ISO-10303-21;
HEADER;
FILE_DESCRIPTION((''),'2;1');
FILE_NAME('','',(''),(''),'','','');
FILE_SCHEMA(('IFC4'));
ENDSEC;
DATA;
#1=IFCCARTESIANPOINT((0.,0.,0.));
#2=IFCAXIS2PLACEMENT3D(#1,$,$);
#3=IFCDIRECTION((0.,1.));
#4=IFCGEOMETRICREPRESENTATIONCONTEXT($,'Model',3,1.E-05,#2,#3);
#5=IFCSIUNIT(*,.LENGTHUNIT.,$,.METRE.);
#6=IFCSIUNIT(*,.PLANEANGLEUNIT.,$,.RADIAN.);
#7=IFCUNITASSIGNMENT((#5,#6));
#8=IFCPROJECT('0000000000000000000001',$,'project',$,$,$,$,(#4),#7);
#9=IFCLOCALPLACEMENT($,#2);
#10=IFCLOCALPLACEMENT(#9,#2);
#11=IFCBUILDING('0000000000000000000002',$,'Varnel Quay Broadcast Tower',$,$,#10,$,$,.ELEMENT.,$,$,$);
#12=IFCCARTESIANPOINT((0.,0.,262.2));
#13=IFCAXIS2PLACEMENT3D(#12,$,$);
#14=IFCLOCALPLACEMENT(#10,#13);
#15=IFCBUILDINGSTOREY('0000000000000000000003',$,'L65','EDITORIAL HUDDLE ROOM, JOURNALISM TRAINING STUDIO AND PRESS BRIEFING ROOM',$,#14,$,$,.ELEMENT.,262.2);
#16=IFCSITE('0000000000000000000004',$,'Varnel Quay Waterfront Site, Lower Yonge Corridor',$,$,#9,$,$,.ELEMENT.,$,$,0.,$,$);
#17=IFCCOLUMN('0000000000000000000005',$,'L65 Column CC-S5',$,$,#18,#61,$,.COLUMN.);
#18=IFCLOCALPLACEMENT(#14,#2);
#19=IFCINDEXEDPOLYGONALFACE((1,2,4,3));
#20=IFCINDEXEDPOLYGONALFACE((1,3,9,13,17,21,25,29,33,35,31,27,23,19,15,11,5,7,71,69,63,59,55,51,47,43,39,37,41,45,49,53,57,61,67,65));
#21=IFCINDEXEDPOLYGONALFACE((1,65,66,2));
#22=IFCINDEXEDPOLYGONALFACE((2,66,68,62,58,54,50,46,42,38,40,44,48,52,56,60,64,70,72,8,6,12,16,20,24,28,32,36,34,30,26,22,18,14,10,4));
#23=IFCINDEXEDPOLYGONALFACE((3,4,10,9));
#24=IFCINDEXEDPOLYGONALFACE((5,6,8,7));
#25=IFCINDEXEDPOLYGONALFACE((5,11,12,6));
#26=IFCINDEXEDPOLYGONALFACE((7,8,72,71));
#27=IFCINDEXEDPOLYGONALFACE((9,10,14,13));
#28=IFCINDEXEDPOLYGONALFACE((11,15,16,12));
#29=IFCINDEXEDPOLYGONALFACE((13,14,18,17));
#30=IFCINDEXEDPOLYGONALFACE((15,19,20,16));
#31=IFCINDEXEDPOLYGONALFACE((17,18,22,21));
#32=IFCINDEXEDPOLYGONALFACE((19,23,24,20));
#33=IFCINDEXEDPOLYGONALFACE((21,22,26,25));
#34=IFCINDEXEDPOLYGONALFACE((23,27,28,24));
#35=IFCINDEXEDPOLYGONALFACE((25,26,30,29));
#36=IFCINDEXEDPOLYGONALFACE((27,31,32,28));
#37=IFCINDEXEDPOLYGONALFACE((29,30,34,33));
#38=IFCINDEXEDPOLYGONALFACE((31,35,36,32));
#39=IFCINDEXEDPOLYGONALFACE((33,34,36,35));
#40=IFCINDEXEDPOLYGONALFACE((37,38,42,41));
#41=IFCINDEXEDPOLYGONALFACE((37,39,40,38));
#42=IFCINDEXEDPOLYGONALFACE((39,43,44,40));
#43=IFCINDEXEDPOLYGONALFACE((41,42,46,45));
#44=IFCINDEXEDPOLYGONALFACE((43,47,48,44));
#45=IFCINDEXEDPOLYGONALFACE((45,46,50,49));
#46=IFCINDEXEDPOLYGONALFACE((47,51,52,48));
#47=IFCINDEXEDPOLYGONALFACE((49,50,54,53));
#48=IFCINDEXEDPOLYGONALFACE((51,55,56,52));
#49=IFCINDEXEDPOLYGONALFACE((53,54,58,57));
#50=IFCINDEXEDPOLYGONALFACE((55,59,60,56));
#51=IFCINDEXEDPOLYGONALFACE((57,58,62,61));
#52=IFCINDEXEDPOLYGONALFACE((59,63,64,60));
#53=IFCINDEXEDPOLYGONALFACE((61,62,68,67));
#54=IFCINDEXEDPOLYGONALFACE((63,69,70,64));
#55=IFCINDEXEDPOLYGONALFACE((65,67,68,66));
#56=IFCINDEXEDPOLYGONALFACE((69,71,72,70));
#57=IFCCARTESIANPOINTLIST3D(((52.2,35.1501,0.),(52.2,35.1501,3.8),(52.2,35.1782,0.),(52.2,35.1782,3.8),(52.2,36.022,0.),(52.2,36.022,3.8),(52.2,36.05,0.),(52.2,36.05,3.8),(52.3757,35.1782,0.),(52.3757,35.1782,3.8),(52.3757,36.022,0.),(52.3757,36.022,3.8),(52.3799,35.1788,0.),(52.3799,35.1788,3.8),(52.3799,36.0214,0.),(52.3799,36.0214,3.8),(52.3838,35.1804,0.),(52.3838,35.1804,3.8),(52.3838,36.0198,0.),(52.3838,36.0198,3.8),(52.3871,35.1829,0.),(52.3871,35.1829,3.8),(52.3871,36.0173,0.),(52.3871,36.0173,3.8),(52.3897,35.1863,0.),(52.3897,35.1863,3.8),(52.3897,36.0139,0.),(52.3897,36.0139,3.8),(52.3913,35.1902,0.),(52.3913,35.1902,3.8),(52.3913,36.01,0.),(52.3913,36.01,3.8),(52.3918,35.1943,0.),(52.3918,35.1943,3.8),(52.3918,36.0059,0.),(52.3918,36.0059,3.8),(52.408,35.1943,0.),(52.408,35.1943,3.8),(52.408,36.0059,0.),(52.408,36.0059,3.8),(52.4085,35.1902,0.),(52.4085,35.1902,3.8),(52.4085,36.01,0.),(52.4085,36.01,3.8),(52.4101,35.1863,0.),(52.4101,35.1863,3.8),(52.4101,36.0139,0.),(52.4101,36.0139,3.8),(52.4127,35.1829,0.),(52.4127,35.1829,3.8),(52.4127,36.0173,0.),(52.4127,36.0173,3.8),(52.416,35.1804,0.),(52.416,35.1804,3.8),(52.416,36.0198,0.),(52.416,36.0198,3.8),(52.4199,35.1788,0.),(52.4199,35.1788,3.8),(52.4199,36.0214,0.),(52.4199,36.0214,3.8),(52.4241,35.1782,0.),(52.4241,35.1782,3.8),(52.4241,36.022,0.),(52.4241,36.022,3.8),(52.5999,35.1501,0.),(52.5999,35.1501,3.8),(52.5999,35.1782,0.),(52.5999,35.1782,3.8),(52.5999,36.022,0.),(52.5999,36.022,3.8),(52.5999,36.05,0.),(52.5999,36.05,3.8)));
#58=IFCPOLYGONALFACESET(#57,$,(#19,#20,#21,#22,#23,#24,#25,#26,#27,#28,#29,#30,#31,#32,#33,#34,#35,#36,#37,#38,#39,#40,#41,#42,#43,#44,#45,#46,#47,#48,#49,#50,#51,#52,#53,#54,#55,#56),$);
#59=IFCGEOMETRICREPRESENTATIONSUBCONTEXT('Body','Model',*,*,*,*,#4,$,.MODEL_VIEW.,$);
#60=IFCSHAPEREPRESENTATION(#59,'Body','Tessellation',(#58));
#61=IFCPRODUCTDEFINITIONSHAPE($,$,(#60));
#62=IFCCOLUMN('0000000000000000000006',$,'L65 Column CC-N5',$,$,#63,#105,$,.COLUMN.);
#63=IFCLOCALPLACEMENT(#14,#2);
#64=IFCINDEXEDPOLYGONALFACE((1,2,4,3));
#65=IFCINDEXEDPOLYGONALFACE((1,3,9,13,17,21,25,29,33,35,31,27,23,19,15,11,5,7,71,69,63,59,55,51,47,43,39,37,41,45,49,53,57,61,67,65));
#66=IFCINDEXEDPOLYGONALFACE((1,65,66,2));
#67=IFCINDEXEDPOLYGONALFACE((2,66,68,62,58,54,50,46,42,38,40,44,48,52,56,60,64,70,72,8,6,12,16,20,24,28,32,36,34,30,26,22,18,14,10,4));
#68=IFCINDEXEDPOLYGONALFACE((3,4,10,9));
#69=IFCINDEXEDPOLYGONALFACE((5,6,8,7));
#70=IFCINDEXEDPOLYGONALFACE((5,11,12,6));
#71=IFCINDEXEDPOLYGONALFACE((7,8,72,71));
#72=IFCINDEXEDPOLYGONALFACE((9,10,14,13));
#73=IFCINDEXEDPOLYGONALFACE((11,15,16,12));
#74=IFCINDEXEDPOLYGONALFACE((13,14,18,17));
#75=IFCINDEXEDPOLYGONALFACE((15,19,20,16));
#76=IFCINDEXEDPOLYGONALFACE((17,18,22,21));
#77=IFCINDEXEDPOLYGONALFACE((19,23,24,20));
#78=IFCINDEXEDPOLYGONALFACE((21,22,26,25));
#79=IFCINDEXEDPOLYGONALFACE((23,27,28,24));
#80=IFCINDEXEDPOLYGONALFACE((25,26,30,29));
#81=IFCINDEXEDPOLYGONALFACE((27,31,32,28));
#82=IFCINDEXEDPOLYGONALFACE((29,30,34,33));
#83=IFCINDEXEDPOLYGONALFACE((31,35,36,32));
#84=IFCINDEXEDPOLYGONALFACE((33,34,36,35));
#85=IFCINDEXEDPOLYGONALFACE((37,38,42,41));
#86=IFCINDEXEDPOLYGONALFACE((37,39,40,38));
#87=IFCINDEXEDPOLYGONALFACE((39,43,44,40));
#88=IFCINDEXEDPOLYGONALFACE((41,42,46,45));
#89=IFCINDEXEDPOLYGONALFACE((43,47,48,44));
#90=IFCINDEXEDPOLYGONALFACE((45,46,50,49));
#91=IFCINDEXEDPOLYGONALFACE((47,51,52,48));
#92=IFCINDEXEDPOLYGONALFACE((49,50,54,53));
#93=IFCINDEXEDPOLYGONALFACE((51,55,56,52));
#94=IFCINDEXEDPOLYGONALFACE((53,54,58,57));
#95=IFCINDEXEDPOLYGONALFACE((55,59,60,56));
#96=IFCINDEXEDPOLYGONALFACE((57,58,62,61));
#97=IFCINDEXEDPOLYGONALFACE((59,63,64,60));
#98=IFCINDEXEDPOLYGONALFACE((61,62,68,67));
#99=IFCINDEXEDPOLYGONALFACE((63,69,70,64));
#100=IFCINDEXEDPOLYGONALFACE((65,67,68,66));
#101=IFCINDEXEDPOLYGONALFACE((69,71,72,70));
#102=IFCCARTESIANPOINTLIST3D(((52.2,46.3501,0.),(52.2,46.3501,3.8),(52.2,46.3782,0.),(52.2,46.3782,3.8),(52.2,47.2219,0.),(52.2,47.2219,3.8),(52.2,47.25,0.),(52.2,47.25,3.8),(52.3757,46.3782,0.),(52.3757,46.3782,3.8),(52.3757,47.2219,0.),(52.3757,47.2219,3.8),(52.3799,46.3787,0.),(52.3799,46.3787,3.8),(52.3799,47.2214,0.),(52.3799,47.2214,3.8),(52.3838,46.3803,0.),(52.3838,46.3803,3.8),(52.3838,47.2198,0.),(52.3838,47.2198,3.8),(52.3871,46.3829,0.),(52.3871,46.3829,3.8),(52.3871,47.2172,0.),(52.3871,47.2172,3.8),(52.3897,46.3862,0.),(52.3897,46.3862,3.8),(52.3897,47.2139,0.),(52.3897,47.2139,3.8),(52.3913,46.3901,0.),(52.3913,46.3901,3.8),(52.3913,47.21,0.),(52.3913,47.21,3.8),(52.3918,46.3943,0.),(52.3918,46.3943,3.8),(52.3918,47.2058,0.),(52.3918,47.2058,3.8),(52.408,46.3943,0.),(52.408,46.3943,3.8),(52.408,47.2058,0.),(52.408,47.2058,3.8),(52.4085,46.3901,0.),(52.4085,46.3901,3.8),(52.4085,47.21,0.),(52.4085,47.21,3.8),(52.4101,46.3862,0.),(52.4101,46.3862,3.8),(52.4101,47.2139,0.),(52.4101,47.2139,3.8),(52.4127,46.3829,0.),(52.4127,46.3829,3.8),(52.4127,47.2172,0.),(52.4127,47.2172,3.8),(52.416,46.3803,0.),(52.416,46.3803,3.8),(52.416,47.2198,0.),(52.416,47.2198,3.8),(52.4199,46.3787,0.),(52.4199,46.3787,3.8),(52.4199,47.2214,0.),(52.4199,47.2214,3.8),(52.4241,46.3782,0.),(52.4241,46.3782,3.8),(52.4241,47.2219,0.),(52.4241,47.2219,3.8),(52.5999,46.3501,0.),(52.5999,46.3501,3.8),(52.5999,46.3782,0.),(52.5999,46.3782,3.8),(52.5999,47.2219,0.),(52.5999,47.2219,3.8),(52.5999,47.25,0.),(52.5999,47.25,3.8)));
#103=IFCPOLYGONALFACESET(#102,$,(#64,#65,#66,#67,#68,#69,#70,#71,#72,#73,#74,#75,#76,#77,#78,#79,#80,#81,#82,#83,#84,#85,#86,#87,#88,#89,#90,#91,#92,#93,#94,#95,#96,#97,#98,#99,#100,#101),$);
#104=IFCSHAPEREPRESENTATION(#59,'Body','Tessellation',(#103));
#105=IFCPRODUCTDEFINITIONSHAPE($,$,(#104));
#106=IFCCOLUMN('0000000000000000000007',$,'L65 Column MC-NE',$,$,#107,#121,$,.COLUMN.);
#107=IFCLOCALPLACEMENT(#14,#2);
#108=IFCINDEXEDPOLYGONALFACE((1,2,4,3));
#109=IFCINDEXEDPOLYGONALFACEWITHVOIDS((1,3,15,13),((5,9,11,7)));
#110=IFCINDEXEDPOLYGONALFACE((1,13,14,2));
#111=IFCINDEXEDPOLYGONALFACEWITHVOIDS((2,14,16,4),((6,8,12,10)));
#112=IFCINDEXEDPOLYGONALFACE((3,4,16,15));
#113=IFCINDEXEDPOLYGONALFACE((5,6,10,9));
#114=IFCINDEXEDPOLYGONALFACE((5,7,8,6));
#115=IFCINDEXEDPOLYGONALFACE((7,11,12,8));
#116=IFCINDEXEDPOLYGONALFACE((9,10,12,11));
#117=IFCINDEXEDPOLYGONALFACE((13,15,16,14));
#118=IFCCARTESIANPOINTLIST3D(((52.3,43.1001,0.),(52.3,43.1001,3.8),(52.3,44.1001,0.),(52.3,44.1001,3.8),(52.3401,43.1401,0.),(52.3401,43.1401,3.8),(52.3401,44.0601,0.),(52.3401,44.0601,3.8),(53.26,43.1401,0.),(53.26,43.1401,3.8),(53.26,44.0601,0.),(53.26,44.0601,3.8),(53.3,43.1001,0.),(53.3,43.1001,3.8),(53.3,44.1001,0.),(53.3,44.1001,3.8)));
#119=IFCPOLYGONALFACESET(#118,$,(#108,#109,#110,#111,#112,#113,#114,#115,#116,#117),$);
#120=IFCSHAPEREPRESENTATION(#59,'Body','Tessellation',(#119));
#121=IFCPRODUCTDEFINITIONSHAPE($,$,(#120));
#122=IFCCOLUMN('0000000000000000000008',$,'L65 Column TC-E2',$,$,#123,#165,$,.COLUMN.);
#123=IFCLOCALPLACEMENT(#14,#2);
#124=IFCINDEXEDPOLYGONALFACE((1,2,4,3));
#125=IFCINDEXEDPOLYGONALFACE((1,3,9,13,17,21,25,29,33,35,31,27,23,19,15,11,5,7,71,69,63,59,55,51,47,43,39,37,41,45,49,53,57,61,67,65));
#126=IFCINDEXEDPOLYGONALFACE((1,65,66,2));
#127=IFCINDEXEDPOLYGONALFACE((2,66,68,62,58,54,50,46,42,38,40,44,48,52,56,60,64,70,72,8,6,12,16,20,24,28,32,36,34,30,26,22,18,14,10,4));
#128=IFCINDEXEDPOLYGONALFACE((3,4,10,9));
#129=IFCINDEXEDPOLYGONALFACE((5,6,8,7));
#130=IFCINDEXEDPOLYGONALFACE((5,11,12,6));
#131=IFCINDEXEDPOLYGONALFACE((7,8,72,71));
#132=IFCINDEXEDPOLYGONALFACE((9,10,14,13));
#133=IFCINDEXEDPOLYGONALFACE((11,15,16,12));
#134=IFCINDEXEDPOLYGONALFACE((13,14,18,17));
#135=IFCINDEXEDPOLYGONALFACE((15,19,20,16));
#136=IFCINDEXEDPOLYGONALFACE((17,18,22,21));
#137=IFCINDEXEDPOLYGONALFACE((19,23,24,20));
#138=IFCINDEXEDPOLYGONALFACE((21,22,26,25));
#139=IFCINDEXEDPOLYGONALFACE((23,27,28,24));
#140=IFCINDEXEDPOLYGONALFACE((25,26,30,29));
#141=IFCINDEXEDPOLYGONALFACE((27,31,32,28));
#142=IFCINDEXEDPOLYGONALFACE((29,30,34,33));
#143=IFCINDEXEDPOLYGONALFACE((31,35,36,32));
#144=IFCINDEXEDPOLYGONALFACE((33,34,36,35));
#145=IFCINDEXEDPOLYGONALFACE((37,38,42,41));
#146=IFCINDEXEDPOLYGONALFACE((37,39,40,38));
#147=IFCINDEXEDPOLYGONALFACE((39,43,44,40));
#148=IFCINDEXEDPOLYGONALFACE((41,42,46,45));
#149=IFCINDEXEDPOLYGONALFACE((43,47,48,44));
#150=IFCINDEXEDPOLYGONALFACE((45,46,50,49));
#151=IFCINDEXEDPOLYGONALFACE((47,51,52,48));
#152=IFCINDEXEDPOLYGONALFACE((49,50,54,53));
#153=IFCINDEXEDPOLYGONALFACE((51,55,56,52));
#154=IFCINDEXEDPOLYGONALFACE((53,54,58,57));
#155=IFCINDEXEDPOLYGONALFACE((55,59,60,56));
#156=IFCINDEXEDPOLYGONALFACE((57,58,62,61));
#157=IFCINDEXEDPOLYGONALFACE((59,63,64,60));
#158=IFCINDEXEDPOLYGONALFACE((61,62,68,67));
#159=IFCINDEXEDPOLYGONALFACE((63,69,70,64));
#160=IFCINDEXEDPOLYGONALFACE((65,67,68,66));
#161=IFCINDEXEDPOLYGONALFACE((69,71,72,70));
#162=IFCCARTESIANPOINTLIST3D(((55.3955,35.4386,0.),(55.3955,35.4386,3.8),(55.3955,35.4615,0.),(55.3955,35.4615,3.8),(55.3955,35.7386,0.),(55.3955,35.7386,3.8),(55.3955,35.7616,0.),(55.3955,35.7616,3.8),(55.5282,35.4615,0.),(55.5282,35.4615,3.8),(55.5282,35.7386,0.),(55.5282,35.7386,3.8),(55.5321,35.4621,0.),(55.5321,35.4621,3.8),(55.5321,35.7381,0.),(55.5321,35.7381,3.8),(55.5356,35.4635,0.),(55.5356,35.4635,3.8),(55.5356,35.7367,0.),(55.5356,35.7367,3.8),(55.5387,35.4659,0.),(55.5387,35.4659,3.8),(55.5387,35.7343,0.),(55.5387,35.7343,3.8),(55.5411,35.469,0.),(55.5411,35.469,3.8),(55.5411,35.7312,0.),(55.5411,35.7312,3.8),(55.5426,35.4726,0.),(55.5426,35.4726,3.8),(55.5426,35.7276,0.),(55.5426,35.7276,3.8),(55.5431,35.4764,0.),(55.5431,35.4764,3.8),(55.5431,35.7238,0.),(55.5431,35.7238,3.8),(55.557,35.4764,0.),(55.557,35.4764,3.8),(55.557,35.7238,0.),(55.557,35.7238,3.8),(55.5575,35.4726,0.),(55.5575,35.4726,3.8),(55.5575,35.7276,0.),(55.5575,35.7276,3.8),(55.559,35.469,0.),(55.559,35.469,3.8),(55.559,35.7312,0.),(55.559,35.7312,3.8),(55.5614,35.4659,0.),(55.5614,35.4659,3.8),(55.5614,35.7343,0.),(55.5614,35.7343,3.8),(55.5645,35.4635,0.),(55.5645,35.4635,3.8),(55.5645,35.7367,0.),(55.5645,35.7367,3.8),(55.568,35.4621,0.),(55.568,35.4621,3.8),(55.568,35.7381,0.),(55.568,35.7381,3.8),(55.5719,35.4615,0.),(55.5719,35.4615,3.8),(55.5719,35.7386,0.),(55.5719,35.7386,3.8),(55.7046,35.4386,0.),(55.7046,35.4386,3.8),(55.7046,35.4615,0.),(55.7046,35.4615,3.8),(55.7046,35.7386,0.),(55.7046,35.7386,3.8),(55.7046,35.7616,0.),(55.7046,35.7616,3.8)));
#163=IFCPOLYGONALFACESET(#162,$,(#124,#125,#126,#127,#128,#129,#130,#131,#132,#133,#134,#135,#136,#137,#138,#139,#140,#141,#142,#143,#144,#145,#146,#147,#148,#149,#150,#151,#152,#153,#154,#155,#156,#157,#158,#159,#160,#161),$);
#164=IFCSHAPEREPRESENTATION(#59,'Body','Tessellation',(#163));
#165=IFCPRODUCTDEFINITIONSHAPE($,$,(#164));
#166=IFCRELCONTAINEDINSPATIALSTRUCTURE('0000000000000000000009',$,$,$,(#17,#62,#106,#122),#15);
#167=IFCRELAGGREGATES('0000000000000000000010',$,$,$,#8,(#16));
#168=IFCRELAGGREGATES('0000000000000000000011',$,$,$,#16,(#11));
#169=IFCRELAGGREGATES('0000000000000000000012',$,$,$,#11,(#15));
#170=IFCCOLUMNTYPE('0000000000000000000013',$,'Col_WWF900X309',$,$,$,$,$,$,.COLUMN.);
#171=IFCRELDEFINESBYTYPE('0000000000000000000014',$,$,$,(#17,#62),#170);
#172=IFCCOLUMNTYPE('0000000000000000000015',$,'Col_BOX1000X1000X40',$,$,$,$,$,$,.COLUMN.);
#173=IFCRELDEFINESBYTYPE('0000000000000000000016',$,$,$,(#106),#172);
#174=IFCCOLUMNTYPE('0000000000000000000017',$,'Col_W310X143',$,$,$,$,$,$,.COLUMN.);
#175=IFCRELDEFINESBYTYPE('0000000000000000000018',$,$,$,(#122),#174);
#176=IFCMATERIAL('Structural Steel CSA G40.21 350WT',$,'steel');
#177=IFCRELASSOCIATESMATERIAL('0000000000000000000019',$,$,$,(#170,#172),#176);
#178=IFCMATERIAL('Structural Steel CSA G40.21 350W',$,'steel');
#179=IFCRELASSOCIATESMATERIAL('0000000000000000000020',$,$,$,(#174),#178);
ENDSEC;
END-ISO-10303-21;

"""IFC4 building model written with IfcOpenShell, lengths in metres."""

from ifc_helpers import new_model, si_unit, direction, frame, origin, origin_2d, place, context, subcontext, project, spatial, hollow_rectangle, i_section, extrude, source, transform, mapped, material, material_profile, profile_set, type_object, type_shapes, element, save


model = new_model("IFC4")

# Units and contexts
model_context = context("Model", 3, precision=1e-05, world=origin(), true_north=direction((0.0, 1.0)))
body_context = subcontext(model_context, "Body", "Model", "MODEL_VIEW")
ifc_project = project(units=[si_unit("LENGTHUNIT", "METRE"), si_unit("PLANEANGLEUNIT", "RADIAN")], contexts=[model_context])

# Site, building, storey
site_placement = place(None, origin())
site = spatial("IfcSite", under=ifc_project, at=site_placement, Name="Varnel Quay Waterfront Site, Lower Yonge Corridor", CompositionType="ELEMENT", RefElevation=0.0)
building_placement = place(site_placement, origin())
building = spatial("IfcBuilding", under=site, at=building_placement, Name="Varnel Quay Broadcast Tower", CompositionType="ELEMENT")
storey_placement = place(building_placement, frame((0.0, 0.0, 262.2)))
storey = spatial("IfcBuildingStorey", under=building, at=storey_placement, Name="L65", Description="EDITORIAL HUDDLE ROOM, JOURNALISM TRAINING STUDIO AND PRESS BRIEFING ROOM", CompositionType="ELEMENT", Elevation=262.2)

# Columns
ifc_material_1 = material(Name="Structural Steel CSA G40.21 350WT", Category="steel")
ifc_material_profile_1 = material_profile(ifc_material_1, i_section(OverallWidth=0.3999, OverallDepth=0.8999, WebThickness=0.0161, FlangeThickness=0.0281, FilletRadius=0.0161, at=origin_2d()), Name="WWF900X309")
ifc_profile_set_1 = profile_set([ifc_material_profile_1], Name="Structural Steel CSA G40.21 350WT")
column_type_1 = type_object("IfcColumnType", Name="Col_WWF900X309", PredefinedType="COLUMN", material=ifc_profile_set_1)
shared_shape_1 = source(origin(), body_context, "Body", "SweptSolid", [
    extrude(i_section(OverallWidth=0.3999, OverallDepth=0.8999, WebThickness=0.0161, FlangeThickness=0.0281, FilletRadius=0.0161, at=origin_2d()), origin(), (0.0, 0.0, 1.0), 3.8),
])
type_shapes(column_type_1, [shared_shape_1])
for number, where, z_axis, x_axis, name in (
    (1, (52.3999, 35.6001, 0.0), (0.0, 0.0, 1.0), (1.0, 0.0, 0.0), "L65 Column CC-S5"),
    (2, (52.3999, 46.8, 0.0), (0.0, 0.0, 1.0), (1.0, 0.0, 0.0), "L65 Column CC-N5"),
):
    element("IfcColumn", number, at=place(storey_placement, frame(where, z_axis=z_axis, x_axis=x_axis)), inside=storey, type_object=column_type_1, Name=name, PredefinedType="COLUMN", context=body_context, shape_type="MappedRepresentation", body=[
        mapped(shared_shape_1, transform((0.0, 0.0, 0.0), x_axis=(1.0, 0.0, 0.0), y_axis=(0.0, 1.0, 0.0), z_axis=(0.0, 0.0, 1.0), scale=1.0)),
    ])
ifc_material_profile_2 = material_profile(ifc_material_1, hollow_rectangle(XDim=1.0, YDim=1.0, WallThickness=0.04, at=origin_2d()), Name="BOX1000X1000X40")
ifc_profile_set_2 = profile_set([ifc_material_profile_2], Name="Structural Steel CSA G40.21 350WT")
column_type_2 = type_object("IfcColumnType", Name="Col_BOX1000X1000X40", PredefinedType="COLUMN", material=ifc_profile_set_2)
shared_shape_2 = source(origin(), body_context, "Body", "SweptSolid", [
    extrude(hollow_rectangle(XDim=1.0, YDim=1.0, WallThickness=0.04, at=origin_2d()), origin(), (0.0, 0.0, 1.0), 3.8),
])
type_shapes(column_type_2, [shared_shape_2])
column_1_placement = place(storey_placement, frame((52.8, 43.6001, 0.0), z_axis=(0.0, 0.0, 1.0), x_axis=(1.0, 0.0, 0.0)))
element("IfcColumn", 3, at=column_1_placement, inside=storey, type_object=column_type_2, Name="L65 Column MC-NE", PredefinedType="COLUMN", context=body_context, shape_type="MappedRepresentation", body=[
    mapped(shared_shape_2, transform((0.0, 0.0, 0.0), x_axis=(1.0, 0.0, 0.0), y_axis=(0.0, 1.0, 0.0), z_axis=(0.0, 0.0, 1.0), scale=1.0)),
])
ifc_material_2 = material(Name="Structural Steel CSA G40.21 350W", Category="steel")
ifc_material_profile_3 = material_profile(ifc_material_2, i_section(OverallWidth=0.3091, OverallDepth=0.323, WebThickness=0.0139, FlangeThickness=0.0229, FilletRadius=0.0149, at=origin_2d()), Name="W310X143")
ifc_profile_set_3 = profile_set([ifc_material_profile_3], Name="Structural Steel CSA G40.21 350W")
column_type_3 = type_object("IfcColumnType", Name="Col_W310X143", PredefinedType="COLUMN", material=ifc_profile_set_3)
shared_shape_3 = source(origin(), body_context, "Body", "SweptSolid", [
    extrude(i_section(OverallWidth=0.3091, OverallDepth=0.323, WebThickness=0.0139, FlangeThickness=0.0229, FilletRadius=0.0149, at=origin_2d()), origin(), (0.0, 0.0, 1.0), 3.8),
])
type_shapes(column_type_3, [shared_shape_3])
column_2_placement = place(storey_placement, frame((55.55, 35.6001, 0.0), z_axis=(0.0, 0.0, 1.0), x_axis=(1.0, 0.0, 0.0)))
element("IfcColumn", 4, at=column_2_placement, inside=storey, type_object=column_type_3, Name="L65 Column TC-E2", PredefinedType="COLUMN", context=body_context, shape_type="MappedRepresentation", body=[
    mapped(shared_shape_3, transform((0.0, 0.0, 0.0), x_axis=(1.0, 0.0, 0.0), y_axis=(0.0, 1.0, 0.0), z_axis=(0.0, 0.0, 1.0), scale=1.0)),
])

save(model, "model.ifc")
